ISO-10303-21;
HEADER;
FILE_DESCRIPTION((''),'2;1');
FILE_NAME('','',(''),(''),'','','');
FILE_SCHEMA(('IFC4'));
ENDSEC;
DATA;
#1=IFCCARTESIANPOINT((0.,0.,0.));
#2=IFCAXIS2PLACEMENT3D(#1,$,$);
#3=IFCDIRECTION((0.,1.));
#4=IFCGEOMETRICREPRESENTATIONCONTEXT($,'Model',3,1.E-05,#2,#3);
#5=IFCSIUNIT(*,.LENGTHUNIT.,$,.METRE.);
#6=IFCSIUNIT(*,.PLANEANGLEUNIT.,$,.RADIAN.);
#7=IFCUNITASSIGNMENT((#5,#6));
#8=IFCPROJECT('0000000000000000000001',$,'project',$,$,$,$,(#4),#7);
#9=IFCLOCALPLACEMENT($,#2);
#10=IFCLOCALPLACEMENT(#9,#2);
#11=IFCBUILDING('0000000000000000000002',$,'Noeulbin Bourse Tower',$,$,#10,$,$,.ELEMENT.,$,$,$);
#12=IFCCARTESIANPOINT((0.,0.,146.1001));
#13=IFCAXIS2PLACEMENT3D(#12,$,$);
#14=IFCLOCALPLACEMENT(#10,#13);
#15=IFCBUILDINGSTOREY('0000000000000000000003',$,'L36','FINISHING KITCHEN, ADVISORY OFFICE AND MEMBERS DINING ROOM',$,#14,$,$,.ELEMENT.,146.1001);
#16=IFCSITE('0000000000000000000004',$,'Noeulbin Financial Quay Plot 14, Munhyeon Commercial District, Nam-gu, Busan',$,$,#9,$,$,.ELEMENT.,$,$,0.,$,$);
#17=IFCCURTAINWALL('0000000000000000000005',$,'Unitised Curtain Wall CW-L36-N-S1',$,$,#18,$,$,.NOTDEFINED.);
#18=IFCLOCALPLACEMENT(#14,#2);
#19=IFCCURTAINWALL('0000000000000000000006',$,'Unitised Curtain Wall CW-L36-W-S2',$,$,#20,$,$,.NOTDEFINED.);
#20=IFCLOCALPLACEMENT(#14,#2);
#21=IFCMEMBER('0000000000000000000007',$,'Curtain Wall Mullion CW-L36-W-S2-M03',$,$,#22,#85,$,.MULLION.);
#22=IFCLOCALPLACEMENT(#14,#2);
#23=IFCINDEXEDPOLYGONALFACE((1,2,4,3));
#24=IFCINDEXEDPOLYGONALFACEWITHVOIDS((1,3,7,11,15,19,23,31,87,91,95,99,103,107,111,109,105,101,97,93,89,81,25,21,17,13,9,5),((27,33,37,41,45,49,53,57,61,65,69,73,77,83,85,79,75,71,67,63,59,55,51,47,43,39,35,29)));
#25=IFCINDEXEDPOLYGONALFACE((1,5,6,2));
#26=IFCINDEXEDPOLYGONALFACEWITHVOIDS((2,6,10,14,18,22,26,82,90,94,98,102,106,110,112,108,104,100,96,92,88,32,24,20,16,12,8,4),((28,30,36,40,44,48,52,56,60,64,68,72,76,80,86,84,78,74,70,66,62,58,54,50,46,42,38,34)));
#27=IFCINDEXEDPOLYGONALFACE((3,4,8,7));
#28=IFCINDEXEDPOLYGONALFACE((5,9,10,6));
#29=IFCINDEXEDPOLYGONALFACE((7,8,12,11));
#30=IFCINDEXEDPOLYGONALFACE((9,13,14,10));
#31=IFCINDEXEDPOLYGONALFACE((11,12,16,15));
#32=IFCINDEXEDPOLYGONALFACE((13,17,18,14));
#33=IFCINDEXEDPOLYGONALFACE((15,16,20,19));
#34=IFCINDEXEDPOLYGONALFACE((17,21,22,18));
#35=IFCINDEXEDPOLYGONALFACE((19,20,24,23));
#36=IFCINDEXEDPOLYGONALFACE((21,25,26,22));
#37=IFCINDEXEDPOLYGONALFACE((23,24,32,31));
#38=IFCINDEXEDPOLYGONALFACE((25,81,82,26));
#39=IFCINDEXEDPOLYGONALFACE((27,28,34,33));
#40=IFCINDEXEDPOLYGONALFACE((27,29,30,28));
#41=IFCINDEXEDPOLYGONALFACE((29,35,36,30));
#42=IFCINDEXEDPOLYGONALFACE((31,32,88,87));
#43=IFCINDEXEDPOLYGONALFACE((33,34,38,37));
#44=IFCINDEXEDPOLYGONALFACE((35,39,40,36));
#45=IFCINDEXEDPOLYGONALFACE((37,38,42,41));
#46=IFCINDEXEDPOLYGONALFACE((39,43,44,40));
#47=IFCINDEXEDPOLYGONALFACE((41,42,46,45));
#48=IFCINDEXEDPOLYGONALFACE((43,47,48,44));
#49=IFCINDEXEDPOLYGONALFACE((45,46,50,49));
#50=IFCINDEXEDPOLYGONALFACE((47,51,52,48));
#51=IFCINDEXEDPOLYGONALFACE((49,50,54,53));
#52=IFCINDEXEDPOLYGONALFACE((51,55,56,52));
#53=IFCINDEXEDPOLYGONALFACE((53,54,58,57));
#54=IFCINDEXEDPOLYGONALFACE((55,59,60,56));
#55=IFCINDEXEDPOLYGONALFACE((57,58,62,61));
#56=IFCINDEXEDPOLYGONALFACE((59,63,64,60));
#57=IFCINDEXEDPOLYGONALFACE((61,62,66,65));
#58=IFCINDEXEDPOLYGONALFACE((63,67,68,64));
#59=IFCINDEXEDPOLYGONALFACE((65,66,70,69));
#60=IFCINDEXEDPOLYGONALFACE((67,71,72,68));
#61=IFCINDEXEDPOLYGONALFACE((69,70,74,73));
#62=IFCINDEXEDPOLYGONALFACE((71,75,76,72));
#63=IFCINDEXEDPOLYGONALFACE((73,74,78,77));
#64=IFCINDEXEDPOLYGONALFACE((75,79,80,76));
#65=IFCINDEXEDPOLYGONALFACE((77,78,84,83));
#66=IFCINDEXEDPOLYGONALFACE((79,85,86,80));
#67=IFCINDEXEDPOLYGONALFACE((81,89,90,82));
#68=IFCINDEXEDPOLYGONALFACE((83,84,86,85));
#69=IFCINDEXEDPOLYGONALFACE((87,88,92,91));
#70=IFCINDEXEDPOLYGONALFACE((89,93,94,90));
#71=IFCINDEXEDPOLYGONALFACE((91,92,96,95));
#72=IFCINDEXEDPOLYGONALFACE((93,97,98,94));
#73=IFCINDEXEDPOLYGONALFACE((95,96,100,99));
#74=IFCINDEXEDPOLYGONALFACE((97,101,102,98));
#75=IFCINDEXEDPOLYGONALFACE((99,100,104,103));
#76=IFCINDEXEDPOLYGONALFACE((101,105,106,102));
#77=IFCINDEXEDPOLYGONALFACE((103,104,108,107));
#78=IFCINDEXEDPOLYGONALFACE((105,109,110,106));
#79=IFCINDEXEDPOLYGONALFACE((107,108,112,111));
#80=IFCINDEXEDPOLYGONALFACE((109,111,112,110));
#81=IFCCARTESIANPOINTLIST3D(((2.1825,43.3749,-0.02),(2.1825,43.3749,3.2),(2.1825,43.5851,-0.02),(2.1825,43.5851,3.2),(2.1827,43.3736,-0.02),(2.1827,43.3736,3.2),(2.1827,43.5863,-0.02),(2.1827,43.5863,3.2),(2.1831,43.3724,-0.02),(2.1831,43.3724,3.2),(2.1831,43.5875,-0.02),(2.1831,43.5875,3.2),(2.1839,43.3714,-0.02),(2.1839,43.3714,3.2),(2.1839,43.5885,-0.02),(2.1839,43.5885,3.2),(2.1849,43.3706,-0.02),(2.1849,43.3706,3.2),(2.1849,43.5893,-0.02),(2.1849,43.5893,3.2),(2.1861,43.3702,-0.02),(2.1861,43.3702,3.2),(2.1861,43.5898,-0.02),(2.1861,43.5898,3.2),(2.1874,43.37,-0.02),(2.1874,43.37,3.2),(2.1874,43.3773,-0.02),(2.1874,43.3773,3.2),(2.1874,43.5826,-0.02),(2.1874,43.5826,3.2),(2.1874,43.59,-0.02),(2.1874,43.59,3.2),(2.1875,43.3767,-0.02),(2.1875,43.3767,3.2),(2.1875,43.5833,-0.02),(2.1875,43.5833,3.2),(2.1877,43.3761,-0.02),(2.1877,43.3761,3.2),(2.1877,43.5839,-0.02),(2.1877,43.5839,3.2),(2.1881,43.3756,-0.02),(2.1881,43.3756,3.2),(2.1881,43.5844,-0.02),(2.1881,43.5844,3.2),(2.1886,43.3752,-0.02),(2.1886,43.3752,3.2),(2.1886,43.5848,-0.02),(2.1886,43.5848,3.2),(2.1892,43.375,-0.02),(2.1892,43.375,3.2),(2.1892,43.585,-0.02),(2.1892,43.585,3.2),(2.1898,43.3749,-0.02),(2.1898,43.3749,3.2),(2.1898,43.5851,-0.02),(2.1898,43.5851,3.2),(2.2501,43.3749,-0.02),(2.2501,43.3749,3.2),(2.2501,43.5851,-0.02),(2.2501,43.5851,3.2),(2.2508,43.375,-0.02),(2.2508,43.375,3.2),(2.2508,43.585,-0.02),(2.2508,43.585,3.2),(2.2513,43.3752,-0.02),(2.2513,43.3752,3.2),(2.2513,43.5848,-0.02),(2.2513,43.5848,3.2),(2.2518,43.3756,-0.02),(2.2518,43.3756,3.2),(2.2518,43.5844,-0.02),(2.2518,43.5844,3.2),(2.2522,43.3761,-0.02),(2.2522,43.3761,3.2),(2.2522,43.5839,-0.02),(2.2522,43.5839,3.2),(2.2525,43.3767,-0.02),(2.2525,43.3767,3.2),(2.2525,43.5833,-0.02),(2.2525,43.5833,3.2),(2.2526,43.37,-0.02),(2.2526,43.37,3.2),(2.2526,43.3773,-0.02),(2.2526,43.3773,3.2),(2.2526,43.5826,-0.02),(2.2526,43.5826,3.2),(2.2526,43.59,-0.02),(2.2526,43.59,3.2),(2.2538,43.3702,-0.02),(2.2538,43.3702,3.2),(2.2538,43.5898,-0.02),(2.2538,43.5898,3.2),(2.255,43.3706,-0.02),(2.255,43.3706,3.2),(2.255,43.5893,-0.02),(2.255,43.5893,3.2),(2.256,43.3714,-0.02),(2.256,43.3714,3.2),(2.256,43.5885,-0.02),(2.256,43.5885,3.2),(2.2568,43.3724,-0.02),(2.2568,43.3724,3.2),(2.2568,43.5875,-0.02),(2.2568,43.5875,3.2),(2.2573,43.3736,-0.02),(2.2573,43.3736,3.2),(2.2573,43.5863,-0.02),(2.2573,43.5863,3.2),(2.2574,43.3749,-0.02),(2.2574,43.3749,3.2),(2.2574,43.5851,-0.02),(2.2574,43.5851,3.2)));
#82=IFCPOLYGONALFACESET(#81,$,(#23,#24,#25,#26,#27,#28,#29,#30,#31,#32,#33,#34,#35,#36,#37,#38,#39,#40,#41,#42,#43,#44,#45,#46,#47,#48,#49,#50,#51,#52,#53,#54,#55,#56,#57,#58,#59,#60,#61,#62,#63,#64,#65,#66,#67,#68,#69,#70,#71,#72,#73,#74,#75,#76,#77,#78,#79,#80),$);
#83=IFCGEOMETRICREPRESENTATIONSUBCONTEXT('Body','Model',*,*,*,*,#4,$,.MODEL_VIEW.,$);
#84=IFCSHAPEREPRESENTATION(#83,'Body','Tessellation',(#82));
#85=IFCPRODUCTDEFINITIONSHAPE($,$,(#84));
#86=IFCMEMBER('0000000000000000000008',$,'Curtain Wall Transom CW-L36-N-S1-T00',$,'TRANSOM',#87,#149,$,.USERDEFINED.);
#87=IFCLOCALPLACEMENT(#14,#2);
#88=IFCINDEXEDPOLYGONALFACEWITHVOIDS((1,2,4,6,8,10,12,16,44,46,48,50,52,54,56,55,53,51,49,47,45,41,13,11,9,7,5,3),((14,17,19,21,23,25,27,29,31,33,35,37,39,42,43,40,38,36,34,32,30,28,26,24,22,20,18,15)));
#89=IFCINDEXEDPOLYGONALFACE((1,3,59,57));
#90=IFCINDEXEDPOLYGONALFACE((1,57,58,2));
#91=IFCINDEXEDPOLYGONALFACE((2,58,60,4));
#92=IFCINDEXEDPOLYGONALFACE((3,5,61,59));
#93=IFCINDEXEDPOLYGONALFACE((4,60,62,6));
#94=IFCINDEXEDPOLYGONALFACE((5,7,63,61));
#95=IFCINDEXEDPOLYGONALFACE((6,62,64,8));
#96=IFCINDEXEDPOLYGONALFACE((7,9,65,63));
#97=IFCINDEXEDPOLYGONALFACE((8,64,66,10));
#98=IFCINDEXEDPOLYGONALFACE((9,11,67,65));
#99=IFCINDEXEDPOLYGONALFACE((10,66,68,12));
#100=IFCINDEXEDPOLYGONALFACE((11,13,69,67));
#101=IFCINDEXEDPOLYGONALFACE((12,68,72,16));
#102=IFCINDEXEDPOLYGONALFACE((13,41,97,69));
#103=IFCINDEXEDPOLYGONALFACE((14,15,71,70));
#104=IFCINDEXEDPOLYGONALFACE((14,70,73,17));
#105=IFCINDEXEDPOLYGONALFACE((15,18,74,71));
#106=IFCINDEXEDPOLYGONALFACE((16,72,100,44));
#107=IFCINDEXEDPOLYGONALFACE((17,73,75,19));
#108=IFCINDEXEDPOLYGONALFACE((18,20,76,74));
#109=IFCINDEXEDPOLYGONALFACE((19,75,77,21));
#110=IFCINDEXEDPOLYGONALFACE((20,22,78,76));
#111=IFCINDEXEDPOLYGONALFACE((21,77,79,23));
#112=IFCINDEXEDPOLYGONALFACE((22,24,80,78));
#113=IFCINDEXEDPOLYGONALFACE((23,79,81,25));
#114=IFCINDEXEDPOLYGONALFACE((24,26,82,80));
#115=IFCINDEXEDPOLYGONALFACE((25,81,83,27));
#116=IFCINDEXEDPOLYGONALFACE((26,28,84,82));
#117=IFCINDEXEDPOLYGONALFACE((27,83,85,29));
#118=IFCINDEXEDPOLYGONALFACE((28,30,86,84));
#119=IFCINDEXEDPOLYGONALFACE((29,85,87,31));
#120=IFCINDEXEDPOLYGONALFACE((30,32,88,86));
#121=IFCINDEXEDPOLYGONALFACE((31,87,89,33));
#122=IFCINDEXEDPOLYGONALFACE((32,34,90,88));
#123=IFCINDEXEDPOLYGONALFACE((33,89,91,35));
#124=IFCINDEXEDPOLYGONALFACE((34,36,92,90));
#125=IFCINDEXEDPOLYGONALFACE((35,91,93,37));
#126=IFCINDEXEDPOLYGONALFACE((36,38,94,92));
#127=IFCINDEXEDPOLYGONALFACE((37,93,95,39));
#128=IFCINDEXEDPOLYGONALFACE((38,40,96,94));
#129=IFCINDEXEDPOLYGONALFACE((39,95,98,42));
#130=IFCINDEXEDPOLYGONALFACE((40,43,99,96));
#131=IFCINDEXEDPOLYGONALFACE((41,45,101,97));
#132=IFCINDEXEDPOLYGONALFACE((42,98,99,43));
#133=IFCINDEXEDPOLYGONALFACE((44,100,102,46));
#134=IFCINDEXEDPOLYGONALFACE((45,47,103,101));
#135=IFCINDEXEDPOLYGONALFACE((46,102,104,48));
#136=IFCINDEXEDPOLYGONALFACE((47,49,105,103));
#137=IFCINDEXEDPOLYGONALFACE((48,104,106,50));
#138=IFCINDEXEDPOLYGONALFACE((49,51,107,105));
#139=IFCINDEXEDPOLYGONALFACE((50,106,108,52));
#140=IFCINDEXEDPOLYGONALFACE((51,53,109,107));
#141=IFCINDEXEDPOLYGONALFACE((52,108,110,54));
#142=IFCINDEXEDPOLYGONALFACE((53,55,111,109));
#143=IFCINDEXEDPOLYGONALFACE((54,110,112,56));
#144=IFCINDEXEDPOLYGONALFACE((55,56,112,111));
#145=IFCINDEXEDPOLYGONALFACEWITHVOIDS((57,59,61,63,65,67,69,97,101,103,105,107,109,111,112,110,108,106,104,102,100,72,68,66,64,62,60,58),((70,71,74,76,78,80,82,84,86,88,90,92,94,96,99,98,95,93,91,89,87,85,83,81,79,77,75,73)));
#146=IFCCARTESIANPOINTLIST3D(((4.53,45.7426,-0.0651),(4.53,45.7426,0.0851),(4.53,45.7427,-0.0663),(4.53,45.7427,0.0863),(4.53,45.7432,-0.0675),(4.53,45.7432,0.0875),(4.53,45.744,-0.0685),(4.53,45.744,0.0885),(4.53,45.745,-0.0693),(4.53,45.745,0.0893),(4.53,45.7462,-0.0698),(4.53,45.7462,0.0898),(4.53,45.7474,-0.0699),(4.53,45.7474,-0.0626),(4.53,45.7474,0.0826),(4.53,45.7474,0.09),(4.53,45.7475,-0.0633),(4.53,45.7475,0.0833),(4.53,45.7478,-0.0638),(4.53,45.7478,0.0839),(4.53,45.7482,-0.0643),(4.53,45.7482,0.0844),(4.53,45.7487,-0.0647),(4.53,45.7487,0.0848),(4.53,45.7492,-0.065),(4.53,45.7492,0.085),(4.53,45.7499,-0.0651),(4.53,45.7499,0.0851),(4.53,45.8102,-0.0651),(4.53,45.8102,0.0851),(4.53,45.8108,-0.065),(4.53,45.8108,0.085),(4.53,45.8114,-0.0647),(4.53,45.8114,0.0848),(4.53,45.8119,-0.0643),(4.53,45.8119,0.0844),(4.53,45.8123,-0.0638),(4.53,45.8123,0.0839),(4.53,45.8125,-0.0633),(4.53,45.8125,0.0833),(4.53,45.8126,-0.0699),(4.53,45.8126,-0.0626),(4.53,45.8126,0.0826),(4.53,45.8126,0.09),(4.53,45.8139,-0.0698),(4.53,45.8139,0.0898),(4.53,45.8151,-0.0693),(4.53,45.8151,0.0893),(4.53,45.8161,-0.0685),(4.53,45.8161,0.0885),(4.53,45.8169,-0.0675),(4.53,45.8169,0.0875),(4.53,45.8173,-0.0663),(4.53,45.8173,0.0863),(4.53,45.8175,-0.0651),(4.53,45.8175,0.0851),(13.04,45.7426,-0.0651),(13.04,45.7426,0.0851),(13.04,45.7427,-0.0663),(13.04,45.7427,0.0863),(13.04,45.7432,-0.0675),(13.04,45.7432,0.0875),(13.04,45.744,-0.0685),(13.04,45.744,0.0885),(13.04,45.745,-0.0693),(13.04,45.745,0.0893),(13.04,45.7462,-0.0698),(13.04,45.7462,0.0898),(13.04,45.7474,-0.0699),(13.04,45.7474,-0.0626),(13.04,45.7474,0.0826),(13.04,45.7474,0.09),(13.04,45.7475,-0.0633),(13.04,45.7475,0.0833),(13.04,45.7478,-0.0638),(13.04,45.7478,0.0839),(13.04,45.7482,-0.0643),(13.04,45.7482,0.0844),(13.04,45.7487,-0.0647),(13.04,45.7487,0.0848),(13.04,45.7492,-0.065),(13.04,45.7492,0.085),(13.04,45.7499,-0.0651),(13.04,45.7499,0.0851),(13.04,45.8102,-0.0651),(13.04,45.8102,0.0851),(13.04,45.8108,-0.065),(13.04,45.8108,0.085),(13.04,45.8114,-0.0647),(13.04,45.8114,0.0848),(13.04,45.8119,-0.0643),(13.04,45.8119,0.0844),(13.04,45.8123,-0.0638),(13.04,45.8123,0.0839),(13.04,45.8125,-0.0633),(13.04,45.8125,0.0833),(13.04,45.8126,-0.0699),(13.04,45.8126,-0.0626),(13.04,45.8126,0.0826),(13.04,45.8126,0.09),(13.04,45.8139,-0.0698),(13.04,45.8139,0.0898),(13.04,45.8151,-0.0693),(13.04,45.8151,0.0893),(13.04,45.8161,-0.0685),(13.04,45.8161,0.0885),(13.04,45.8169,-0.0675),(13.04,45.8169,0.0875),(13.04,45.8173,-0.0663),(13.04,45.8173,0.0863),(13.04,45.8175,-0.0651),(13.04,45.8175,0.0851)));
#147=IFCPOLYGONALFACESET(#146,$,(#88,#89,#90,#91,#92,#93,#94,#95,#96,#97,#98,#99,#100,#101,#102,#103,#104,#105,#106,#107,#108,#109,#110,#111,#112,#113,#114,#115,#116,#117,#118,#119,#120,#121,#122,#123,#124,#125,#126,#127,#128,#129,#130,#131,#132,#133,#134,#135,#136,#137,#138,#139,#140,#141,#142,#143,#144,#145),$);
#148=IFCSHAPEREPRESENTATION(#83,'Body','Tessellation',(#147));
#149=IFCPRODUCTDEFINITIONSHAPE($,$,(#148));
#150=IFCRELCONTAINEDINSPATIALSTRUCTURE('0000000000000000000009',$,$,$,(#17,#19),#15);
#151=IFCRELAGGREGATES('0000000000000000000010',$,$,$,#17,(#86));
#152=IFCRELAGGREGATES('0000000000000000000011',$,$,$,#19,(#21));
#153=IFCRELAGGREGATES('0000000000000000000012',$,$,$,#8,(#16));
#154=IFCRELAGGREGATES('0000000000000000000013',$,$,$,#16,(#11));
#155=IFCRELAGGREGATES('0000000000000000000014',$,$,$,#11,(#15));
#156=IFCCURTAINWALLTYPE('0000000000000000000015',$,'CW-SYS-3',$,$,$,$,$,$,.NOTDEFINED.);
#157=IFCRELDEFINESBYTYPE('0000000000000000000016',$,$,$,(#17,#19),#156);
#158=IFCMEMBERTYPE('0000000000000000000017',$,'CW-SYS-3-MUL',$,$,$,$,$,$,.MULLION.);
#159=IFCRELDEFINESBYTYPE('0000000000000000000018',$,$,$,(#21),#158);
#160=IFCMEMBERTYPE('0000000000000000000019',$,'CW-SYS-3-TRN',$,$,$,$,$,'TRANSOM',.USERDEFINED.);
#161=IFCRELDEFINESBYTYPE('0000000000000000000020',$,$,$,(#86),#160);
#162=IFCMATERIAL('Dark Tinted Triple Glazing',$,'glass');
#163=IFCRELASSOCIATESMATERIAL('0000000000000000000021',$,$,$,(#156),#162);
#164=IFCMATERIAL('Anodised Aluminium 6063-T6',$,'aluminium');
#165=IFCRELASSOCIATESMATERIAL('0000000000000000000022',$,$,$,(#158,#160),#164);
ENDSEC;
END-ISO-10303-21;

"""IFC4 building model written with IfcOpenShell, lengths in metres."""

from ifc_helpers import new_model, si_unit, direction, frame, origin, origin_2d, place, context, subcontext, project, spatial, hollow_rectangle, extrude, material, material_profile, profile_set, type_object, element, aggregate, save


model = new_model("IFC4")

# Units and contexts
model_context = context("Model", 3, precision=1e-05, world=origin(), true_north=direction((0.0, 1.0)))
body_context = subcontext(model_context, "Body", "Model", "MODEL_VIEW")
ifc_project = project(units=[si_unit("LENGTHUNIT", "METRE"), si_unit("PLANEANGLEUNIT", "RADIAN")], contexts=[model_context])

# Site, building, storey
site_placement = place(None, origin())
site = spatial("IfcSite", under=ifc_project, at=site_placement, Name="Noeulbin Financial Quay Plot 14, Munhyeon Commercial District, Nam-gu, Busan", CompositionType="ELEMENT", RefElevation=0.0)
building_placement = place(site_placement, origin())
building = spatial("IfcBuilding", under=site, at=building_placement, Name="Noeulbin Bourse Tower", CompositionType="ELEMENT")
storey_placement = place(building_placement, frame((0.0, 0.0, 146.1001)))
storey = spatial("IfcBuildingStorey", under=building, at=storey_placement, Name="L36", Description="FINISHING KITCHEN, ADVISORY OFFICE AND MEMBERS DINING ROOM", CompositionType="ELEMENT", Elevation=146.1001)

# Curtain wall
ifc_material_1 = material(Name="Dark Tinted Triple Glazing", Category="glass")
curtain_wall_type = type_object("IfcCurtainWallType", Name="CW-SYS-3", PredefinedType="NOTDEFINED", material=ifc_material_1)
curtain_wall_1_placement = place(storey_placement, origin())
curtain_wall_1 = element("IfcCurtainWall", 1, at=curtain_wall_1_placement, inside=storey, type_object=curtain_wall_type, Name="Unitised Curtain Wall CW-L36-N-S1", PredefinedType="NOTDEFINED")
ifc_material_2 = material(Name="Anodised Aluminium 6063-T6", Category="aluminium")
ifc_material_profile_1 = material_profile(ifc_material_2, hollow_rectangle(XDim=0.075, YDim=0.22, WallThickness=0.0049, InnerFilletRadius=0.0024, OuterFilletRadius=0.0049, at=origin_2d()), Name="ALU-MULL-75x220x5", Category="LoadBearing")
ifc_profile_set_1 = profile_set([ifc_material_profile_1], Name="Anodised Aluminium 6063-T6")
member_type_1 = type_object("IfcMemberType", Name="CW-SYS-3-MUL", PredefinedType="MULLION", material=ifc_profile_set_1)

# Curtain wall, member
curtain_wall_2_placement = place(storey_placement, origin())
curtain_wall_2 = element("IfcCurtainWall", 2, at=curtain_wall_2_placement, inside=storey, type_object=curtain_wall_type, Name="Unitised Curtain Wall CW-L36-W-S2", PredefinedType="NOTDEFINED")
member_1_placement = place(storey_placement, frame((2.22, 43.48, -0.02), z_axis=(0.0, 0.0, 1.0), x_axis=(1.0, 0.0, 0.0)))
member_1 = element("IfcMember", 3, at=member_1_placement, type_object=member_type_1, Name="Curtain Wall Mullion CW-L36-W-S2-M03", PredefinedType="MULLION", context=body_context, shape_type="SweptSolid", body=[
    extrude(hollow_rectangle(XDim=0.075, YDim=0.22, WallThickness=0.0049, InnerFilletRadius=0.0024, OuterFilletRadius=0.0049, at=origin_2d()), origin(), (0.0, 0.0, 1.0), 3.22),
])

# Member
ifc_material_profile_2 = material_profile(ifc_material_2, hollow_rectangle(XDim=0.075, YDim=0.1599, WallThickness=0.0049, InnerFilletRadius=0.0024, OuterFilletRadius=0.0049, at=origin_2d()), Name="ALU-TRAN-75x160x5", Category="LoadBearing")
ifc_profile_set_2 = profile_set([ifc_material_profile_2], Name="Anodised Aluminium 6063-T6")
member_type_2 = type_object("IfcMemberType", Name="CW-SYS-3-TRN", ElementType="TRANSOM", PredefinedType="USERDEFINED", material=ifc_profile_set_2)
member_2_placement = place(storey_placement, frame((4.53, 45.78, 0.01), z_axis=(1.0, 0.0, 0.0), x_axis=(0.0, 1.0, 0.0)))
member_2 = element("IfcMember", 4, at=member_2_placement, type_object=member_type_2, Name="Curtain Wall Transom CW-L36-N-S1-T00", ObjectType="TRANSOM", PredefinedType="USERDEFINED", context=body_context, shape_type="SweptSolid", body=[
    extrude(hollow_rectangle(XDim=0.075, YDim=0.1599, WallThickness=0.0049, InnerFilletRadius=0.0024, OuterFilletRadius=0.0049, at=origin_2d()), origin(), (0.0, 0.0, 1.0), 8.51),
])

aggregate(curtain_wall_1, [member_2])
aggregate(curtain_wall_2, [member_1])

save(model, "model.ifc")
